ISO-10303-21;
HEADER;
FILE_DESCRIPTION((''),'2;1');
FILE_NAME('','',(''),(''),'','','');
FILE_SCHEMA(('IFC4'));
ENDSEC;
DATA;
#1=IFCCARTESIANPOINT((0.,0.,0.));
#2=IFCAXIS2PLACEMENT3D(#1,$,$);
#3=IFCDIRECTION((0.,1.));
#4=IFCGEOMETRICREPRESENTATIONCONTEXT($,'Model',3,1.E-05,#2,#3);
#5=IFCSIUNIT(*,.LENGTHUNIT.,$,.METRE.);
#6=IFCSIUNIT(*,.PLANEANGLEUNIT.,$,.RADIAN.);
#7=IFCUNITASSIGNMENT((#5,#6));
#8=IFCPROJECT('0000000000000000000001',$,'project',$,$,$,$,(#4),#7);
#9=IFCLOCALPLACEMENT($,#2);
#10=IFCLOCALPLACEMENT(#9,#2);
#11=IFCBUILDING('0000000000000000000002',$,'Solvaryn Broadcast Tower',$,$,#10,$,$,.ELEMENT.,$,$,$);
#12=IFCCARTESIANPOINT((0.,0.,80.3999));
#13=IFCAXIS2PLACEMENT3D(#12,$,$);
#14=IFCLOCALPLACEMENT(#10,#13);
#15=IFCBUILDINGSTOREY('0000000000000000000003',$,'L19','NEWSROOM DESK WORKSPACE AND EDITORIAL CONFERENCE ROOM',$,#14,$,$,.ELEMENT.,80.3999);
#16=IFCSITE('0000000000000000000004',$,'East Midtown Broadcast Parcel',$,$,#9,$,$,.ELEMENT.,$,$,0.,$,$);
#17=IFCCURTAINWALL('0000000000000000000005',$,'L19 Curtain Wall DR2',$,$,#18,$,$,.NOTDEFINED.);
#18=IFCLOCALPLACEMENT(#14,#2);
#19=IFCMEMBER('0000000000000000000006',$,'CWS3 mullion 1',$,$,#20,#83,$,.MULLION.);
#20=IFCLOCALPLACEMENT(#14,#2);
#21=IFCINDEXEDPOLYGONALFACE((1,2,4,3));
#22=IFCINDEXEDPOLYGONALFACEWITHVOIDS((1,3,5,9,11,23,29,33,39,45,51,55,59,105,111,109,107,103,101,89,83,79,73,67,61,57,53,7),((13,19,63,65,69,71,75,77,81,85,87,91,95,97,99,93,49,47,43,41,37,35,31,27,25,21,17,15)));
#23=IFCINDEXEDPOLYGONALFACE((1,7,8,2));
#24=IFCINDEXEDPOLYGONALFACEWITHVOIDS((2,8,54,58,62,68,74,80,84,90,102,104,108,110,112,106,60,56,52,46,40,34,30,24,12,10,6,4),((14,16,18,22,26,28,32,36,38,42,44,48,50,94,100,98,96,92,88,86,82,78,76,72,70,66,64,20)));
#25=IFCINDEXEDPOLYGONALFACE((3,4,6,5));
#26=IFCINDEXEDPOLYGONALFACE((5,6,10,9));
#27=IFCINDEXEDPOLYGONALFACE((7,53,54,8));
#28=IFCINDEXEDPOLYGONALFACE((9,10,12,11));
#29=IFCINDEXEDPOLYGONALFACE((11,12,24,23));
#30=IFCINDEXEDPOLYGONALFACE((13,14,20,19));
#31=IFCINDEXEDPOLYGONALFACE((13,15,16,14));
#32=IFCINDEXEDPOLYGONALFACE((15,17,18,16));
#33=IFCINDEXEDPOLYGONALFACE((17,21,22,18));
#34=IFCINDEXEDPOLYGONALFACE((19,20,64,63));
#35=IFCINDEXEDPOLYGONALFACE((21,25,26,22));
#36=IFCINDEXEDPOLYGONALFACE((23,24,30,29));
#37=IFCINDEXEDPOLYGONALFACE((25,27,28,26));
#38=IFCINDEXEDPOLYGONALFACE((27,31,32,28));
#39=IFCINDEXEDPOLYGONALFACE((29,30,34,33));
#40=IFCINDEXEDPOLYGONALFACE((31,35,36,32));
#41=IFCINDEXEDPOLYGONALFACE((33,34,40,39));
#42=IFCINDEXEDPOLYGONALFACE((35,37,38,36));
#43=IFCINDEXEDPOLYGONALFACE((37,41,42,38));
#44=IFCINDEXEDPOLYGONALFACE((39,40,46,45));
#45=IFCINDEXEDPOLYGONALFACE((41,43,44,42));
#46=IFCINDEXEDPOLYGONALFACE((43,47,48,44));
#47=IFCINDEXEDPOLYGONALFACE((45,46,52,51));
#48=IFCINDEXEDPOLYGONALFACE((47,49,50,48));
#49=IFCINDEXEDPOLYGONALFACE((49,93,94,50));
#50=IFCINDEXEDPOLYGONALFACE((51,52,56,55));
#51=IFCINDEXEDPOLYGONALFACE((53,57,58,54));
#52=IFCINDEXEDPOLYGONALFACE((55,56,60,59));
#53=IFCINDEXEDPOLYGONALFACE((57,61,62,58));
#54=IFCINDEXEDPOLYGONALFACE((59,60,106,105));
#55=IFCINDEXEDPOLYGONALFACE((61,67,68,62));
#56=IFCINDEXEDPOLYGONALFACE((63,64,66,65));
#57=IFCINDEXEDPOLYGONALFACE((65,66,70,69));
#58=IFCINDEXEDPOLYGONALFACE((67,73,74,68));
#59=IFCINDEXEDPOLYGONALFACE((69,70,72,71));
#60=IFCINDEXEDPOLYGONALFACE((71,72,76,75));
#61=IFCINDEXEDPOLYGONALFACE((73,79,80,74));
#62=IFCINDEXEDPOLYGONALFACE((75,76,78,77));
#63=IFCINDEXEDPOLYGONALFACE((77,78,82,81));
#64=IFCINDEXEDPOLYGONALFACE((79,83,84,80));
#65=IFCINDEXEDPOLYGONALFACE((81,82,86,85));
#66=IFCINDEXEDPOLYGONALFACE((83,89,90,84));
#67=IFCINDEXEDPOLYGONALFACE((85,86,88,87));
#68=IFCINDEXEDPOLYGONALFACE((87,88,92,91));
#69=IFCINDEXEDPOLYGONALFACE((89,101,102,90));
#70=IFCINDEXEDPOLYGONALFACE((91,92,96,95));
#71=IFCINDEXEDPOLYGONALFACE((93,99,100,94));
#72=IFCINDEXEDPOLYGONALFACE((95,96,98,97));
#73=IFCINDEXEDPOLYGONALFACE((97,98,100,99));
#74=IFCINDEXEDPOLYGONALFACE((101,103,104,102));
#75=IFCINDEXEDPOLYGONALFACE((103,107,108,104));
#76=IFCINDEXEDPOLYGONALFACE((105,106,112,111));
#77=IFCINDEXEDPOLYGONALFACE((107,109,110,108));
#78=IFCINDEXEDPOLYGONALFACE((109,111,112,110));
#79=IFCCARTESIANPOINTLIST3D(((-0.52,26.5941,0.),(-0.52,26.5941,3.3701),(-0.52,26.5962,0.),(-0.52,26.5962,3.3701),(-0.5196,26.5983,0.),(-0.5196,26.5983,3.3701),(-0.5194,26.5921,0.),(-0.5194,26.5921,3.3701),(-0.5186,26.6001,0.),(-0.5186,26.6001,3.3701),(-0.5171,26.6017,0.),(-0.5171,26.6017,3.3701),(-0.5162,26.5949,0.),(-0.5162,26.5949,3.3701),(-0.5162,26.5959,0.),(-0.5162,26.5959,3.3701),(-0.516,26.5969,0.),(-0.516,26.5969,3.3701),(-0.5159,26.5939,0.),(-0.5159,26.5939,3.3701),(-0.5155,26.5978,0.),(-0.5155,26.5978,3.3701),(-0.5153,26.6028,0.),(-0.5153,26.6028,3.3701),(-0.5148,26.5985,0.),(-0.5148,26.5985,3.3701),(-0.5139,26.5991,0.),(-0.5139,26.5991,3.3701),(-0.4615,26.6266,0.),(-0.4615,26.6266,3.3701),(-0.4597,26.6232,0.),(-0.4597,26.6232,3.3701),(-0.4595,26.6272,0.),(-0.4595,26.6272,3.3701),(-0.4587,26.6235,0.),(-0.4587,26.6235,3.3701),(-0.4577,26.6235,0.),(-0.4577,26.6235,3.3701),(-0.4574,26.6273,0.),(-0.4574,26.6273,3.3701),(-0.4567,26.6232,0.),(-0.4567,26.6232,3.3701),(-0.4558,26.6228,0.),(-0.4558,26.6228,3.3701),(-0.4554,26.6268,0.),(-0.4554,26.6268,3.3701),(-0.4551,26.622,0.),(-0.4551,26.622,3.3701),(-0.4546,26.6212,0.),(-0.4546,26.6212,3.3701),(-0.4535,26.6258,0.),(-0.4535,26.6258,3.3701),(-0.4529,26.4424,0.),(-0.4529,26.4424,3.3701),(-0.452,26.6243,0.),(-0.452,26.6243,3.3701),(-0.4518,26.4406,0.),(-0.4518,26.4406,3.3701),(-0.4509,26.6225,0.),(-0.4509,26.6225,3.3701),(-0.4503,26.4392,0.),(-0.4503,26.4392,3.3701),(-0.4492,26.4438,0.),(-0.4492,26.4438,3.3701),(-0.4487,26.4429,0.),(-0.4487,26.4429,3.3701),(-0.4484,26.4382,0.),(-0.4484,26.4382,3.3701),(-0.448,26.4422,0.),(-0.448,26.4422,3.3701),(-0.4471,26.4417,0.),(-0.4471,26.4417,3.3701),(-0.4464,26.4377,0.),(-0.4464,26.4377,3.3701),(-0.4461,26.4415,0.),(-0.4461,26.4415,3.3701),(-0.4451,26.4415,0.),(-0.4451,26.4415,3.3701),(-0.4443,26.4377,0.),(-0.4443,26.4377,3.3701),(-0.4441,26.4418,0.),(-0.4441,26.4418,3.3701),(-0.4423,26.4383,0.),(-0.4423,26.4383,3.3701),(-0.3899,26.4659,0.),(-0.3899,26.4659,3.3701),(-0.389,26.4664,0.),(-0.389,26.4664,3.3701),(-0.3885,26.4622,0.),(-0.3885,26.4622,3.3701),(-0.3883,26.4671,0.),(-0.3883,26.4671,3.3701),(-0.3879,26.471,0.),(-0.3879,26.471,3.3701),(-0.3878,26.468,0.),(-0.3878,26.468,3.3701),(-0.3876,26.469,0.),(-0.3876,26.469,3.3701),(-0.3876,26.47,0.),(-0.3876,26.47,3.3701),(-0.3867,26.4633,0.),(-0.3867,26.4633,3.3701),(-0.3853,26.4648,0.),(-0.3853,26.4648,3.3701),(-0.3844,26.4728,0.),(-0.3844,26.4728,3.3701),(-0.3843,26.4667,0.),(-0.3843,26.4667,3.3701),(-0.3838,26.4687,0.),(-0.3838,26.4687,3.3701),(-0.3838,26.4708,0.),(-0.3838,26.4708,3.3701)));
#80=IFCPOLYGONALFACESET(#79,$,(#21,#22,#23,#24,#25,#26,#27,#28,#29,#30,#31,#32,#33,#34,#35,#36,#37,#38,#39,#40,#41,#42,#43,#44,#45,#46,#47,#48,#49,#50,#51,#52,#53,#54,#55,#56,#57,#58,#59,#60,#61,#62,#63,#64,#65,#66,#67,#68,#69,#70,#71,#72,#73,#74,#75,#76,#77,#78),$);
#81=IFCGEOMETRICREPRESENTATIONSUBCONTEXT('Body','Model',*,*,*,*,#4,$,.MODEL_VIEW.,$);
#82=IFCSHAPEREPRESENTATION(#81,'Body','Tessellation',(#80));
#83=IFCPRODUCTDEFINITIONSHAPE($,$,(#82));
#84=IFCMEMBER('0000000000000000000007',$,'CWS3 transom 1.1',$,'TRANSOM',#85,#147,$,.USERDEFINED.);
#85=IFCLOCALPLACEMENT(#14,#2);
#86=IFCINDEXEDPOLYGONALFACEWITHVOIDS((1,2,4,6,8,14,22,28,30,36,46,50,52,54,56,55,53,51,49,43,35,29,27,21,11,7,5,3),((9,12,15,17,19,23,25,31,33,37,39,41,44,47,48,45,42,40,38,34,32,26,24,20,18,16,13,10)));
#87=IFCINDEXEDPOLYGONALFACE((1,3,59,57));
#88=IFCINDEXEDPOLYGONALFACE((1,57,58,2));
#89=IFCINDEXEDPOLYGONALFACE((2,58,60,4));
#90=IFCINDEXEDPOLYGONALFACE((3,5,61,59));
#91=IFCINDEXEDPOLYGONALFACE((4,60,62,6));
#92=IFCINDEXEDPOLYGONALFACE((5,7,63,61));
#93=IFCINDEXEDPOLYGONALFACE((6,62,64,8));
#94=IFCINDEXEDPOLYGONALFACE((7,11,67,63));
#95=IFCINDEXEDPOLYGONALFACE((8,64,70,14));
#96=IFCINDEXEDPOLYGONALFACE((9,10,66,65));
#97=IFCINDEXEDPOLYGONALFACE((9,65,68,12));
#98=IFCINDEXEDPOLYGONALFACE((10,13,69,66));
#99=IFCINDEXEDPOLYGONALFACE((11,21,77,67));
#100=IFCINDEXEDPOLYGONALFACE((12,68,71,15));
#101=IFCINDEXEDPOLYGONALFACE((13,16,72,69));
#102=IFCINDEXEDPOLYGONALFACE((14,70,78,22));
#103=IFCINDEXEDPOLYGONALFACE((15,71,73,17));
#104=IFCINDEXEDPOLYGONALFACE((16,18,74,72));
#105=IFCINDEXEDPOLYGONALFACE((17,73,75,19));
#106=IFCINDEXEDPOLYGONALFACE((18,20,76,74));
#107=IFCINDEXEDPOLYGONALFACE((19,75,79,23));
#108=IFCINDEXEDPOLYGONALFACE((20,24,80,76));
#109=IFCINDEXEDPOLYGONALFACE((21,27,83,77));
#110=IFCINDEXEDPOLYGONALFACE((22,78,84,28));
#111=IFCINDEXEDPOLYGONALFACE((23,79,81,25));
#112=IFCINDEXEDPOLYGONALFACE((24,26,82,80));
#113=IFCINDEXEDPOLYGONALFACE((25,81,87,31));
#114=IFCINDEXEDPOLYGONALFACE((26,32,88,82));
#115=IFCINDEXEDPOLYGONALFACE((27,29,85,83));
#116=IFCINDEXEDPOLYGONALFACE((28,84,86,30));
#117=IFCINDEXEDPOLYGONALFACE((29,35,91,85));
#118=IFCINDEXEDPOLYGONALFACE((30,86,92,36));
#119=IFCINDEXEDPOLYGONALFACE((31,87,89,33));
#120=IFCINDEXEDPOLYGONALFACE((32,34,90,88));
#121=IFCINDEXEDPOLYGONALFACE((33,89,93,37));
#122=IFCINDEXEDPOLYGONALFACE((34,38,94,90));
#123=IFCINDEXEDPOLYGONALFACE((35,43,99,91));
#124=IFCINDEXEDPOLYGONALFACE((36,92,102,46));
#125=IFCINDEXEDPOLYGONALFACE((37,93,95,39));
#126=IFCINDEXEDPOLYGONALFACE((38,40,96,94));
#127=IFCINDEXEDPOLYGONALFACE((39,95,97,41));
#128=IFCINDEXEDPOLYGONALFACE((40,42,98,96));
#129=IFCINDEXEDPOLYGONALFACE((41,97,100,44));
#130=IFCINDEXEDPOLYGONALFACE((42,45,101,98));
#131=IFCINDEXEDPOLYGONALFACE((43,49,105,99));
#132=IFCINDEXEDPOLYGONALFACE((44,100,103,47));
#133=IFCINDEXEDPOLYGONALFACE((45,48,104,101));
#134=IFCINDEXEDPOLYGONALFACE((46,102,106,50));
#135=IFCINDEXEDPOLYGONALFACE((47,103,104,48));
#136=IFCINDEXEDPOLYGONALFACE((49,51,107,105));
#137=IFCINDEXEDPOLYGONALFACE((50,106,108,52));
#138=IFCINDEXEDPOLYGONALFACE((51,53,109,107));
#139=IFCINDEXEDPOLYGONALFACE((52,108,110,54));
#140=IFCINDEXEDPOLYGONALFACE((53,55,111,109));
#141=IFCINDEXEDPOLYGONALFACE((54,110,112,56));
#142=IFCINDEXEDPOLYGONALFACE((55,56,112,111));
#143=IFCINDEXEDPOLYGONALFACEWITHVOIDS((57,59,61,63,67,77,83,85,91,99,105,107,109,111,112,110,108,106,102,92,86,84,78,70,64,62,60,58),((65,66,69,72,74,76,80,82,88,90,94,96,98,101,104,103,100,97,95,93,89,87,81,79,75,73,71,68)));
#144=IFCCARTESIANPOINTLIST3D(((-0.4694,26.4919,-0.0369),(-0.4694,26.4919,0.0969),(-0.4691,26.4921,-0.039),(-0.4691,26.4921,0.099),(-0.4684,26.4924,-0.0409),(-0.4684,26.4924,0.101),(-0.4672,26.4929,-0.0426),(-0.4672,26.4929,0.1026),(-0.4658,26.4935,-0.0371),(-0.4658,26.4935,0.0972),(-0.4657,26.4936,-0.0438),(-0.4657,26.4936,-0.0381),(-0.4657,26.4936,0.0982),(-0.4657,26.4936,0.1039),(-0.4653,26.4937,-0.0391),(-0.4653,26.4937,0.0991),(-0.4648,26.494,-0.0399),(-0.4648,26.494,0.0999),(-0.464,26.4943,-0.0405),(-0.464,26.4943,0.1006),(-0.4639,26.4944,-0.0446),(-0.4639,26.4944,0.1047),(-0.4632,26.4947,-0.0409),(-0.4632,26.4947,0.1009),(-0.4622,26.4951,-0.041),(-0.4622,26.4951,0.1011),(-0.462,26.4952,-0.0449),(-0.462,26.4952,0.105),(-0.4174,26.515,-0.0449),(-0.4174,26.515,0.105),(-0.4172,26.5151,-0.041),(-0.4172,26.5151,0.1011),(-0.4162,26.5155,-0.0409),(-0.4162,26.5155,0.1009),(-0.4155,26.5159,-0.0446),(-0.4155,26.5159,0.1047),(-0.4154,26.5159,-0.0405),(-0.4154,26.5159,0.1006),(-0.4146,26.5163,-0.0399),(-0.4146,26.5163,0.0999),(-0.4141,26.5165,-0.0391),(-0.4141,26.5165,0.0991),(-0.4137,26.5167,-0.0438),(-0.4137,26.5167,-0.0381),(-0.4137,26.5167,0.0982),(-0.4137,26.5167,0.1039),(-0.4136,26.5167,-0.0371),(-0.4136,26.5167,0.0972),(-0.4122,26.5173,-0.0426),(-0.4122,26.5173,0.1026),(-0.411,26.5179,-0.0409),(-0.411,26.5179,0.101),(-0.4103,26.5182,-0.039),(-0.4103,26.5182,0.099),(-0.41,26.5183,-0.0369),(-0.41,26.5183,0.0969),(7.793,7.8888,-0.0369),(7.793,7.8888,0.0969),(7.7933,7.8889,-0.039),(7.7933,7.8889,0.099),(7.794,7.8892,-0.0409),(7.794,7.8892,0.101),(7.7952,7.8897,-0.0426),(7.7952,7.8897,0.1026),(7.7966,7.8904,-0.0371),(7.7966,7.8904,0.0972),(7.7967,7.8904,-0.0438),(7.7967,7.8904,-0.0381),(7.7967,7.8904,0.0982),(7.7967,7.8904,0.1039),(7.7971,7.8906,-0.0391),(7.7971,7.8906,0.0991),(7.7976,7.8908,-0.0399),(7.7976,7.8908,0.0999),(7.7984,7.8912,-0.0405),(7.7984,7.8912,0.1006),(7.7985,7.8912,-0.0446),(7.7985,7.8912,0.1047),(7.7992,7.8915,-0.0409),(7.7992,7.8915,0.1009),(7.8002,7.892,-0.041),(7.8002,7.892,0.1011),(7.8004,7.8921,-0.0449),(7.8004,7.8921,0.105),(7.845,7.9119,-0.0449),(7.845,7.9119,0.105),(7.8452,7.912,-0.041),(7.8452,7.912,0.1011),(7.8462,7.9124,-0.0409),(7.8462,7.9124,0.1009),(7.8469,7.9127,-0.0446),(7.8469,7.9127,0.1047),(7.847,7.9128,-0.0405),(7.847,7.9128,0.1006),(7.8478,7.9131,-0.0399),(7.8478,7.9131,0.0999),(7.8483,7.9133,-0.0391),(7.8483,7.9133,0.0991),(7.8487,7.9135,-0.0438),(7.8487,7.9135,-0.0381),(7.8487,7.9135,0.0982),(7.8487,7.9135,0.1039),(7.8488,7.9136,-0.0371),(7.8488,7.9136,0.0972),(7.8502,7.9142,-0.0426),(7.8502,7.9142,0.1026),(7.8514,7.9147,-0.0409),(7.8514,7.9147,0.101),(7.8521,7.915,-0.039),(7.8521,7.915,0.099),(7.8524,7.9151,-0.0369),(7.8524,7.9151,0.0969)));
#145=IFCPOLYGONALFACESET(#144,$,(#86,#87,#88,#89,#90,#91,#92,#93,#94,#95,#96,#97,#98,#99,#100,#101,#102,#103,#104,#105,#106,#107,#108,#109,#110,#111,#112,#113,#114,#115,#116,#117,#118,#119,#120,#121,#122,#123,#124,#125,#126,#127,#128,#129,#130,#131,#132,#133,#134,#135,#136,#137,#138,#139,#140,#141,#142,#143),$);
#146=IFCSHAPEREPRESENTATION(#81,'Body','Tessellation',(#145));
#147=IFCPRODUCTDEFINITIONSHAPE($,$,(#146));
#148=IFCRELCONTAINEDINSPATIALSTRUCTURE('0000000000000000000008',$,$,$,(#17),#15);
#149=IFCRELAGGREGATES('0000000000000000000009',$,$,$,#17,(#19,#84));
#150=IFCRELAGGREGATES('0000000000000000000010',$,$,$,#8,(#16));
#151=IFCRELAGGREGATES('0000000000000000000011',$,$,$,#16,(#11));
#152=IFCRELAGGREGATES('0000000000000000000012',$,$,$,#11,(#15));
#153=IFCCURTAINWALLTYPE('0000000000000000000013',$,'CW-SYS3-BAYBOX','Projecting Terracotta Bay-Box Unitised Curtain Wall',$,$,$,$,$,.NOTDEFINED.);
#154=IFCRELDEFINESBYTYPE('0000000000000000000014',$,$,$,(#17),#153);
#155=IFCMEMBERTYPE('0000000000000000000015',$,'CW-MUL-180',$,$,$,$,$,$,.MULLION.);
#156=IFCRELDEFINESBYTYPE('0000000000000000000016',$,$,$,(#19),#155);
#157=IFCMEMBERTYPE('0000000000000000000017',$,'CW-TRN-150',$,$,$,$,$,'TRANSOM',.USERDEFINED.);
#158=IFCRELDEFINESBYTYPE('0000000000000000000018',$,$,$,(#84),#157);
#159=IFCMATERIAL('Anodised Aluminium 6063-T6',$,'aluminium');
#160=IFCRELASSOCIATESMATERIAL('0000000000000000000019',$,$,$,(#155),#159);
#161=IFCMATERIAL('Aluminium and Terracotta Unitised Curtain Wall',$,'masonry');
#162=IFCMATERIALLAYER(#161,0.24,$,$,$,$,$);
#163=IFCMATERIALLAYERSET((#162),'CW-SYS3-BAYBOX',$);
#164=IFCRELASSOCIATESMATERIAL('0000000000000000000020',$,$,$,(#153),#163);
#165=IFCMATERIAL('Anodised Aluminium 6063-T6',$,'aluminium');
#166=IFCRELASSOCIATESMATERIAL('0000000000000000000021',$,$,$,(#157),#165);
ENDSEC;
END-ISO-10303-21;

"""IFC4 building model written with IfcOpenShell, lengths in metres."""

from ifc_helpers import new_model, si_unit, direction, frame, origin, origin_2d, place, context, subcontext, project, spatial, hollow_rectangle, extrude, material, layer, layer_set, material_profile, profile_set, type_object, element, aggregate, save


model = new_model("IFC4")

# Units and contexts
model_context = context("Model", 3, precision=1e-05, world=origin(), true_north=direction((0.0, 1.0)))
body_context = subcontext(model_context, "Body", "Model", "MODEL_VIEW")
ifc_project = project(units=[si_unit("LENGTHUNIT", "METRE"), si_unit("PLANEANGLEUNIT", "RADIAN")], contexts=[model_context])

# Site, building, storey
site_placement = place(None, origin())
site = spatial("IfcSite", under=ifc_project, at=site_placement, Name="East Midtown Broadcast Parcel", CompositionType="ELEMENT", RefElevation=0.0)
building_placement = place(site_placement, origin())
building = spatial("IfcBuilding", under=site, at=building_placement, Name="Solvaryn Broadcast Tower", CompositionType="ELEMENT")
storey_placement = place(building_placement, frame((0.0, 0.0, 80.3999)))
storey = spatial("IfcBuildingStorey", under=building, at=storey_placement, Name="L19", Description="NEWSROOM DESK WORKSPACE AND EDITORIAL CONFERENCE ROOM", CompositionType="ELEMENT", Elevation=80.3999)

# Shared definitions
ifc_material_1 = material(Name="Anodised Aluminium 6063-T6", Category="aluminium")
ifc_material_profile_1 = material_profile(ifc_material_1, hollow_rectangle(XDim=0.075, YDim=0.1799, WallThickness=0.0039, InnerFilletRadius=0.0039, OuterFilletRadius=0.0081, at=origin_2d()))
ifc_profile_set_1 = profile_set([ifc_material_profile_1], Name="Anodised Aluminium 6063-T6")
member_type_1 = type_object("IfcMemberType", Name="CW-MUL-180", PredefinedType="MULLION", material=ifc_profile_set_1)

# Curtain wall, members
ifc_material_2 = material(Name="Aluminium and Terracotta Unitised Curtain Wall", Category="masonry")
ifc_layer_1 = layer(ifc_material_2, 0.24)
ifc_layer_set_1 = layer_set([ifc_layer_1], Name="CW-SYS3-BAYBOX")
curtain_wall_type_1 = type_object("IfcCurtainWallType", Name="CW-SYS3-BAYBOX", Description="Projecting Terracotta Bay-Box Unitised Curtain Wall", PredefinedType="NOTDEFINED", material=ifc_layer_set_1)
curtain_wall_1_placement = place(storey_placement, origin())
curtain_wall_1 = element("IfcCurtainWall", 1, at=curtain_wall_1_placement, inside=storey, type_object=curtain_wall_type_1, Name="L19 Curtain Wall DR2", PredefinedType="NOTDEFINED")
member_1_placement = place(storey_placement, frame((-0.4519, 26.5325, 0.0), z_axis=(0.0, 0.0, 1.0), x_axis=(0.913918, 0.405898, 0.0)))
member_1 = element("IfcMember", 2, at=member_1_placement, type_object=member_type_1, Name="CWS3 mullion 1", PredefinedType="MULLION", context=body_context, shape_type="SweptSolid", body=[
    extrude(hollow_rectangle(XDim=0.075, YDim=0.1799, WallThickness=0.0039, InnerFilletRadius=0.0039, OuterFilletRadius=0.0081, at=origin_2d()), origin(), (0.0, 0.0, 1.0), 3.3701),
])
ifc_material_3 = material(Name="Anodised Aluminium 6063-T6", Category="aluminium")
ifc_material_profile_2 = material_profile(ifc_material_3, hollow_rectangle(XDim=0.0649, YDim=0.1499, WallThickness=0.0039, InnerFilletRadius=0.0039, OuterFilletRadius=0.0081, at=origin_2d()))
ifc_profile_set_2 = profile_set([ifc_material_profile_2], Name="Anodised Aluminium 6063-T6")
member_type_2 = type_object("IfcMemberType", Name="CW-TRN-150", ElementType="TRANSOM", PredefinedType="USERDEFINED", material=ifc_profile_set_2)
member_2_placement = place(storey_placement, frame((-0.4397, 26.5051, 0.03), z_axis=(0.405906, -0.913915, 0.0), x_axis=(0.913915, 0.405906, 0.0)))
member_2 = element("IfcMember", 3, at=member_2_placement, type_object=member_type_2, Name="CWS3 transom 1.1", ObjectType="TRANSOM", PredefinedType="USERDEFINED", context=body_context, shape_type="SweptSolid", body=[
    extrude(hollow_rectangle(XDim=0.0649, YDim=0.1499, WallThickness=0.0039, InnerFilletRadius=0.0039, OuterFilletRadius=0.0081, at=origin_2d()), origin(), (0.0, 0.0, 1.0), 20.3555),
])
aggregate(curtain_wall_1, [member_1, member_2])

save(model, "model.ifc")
